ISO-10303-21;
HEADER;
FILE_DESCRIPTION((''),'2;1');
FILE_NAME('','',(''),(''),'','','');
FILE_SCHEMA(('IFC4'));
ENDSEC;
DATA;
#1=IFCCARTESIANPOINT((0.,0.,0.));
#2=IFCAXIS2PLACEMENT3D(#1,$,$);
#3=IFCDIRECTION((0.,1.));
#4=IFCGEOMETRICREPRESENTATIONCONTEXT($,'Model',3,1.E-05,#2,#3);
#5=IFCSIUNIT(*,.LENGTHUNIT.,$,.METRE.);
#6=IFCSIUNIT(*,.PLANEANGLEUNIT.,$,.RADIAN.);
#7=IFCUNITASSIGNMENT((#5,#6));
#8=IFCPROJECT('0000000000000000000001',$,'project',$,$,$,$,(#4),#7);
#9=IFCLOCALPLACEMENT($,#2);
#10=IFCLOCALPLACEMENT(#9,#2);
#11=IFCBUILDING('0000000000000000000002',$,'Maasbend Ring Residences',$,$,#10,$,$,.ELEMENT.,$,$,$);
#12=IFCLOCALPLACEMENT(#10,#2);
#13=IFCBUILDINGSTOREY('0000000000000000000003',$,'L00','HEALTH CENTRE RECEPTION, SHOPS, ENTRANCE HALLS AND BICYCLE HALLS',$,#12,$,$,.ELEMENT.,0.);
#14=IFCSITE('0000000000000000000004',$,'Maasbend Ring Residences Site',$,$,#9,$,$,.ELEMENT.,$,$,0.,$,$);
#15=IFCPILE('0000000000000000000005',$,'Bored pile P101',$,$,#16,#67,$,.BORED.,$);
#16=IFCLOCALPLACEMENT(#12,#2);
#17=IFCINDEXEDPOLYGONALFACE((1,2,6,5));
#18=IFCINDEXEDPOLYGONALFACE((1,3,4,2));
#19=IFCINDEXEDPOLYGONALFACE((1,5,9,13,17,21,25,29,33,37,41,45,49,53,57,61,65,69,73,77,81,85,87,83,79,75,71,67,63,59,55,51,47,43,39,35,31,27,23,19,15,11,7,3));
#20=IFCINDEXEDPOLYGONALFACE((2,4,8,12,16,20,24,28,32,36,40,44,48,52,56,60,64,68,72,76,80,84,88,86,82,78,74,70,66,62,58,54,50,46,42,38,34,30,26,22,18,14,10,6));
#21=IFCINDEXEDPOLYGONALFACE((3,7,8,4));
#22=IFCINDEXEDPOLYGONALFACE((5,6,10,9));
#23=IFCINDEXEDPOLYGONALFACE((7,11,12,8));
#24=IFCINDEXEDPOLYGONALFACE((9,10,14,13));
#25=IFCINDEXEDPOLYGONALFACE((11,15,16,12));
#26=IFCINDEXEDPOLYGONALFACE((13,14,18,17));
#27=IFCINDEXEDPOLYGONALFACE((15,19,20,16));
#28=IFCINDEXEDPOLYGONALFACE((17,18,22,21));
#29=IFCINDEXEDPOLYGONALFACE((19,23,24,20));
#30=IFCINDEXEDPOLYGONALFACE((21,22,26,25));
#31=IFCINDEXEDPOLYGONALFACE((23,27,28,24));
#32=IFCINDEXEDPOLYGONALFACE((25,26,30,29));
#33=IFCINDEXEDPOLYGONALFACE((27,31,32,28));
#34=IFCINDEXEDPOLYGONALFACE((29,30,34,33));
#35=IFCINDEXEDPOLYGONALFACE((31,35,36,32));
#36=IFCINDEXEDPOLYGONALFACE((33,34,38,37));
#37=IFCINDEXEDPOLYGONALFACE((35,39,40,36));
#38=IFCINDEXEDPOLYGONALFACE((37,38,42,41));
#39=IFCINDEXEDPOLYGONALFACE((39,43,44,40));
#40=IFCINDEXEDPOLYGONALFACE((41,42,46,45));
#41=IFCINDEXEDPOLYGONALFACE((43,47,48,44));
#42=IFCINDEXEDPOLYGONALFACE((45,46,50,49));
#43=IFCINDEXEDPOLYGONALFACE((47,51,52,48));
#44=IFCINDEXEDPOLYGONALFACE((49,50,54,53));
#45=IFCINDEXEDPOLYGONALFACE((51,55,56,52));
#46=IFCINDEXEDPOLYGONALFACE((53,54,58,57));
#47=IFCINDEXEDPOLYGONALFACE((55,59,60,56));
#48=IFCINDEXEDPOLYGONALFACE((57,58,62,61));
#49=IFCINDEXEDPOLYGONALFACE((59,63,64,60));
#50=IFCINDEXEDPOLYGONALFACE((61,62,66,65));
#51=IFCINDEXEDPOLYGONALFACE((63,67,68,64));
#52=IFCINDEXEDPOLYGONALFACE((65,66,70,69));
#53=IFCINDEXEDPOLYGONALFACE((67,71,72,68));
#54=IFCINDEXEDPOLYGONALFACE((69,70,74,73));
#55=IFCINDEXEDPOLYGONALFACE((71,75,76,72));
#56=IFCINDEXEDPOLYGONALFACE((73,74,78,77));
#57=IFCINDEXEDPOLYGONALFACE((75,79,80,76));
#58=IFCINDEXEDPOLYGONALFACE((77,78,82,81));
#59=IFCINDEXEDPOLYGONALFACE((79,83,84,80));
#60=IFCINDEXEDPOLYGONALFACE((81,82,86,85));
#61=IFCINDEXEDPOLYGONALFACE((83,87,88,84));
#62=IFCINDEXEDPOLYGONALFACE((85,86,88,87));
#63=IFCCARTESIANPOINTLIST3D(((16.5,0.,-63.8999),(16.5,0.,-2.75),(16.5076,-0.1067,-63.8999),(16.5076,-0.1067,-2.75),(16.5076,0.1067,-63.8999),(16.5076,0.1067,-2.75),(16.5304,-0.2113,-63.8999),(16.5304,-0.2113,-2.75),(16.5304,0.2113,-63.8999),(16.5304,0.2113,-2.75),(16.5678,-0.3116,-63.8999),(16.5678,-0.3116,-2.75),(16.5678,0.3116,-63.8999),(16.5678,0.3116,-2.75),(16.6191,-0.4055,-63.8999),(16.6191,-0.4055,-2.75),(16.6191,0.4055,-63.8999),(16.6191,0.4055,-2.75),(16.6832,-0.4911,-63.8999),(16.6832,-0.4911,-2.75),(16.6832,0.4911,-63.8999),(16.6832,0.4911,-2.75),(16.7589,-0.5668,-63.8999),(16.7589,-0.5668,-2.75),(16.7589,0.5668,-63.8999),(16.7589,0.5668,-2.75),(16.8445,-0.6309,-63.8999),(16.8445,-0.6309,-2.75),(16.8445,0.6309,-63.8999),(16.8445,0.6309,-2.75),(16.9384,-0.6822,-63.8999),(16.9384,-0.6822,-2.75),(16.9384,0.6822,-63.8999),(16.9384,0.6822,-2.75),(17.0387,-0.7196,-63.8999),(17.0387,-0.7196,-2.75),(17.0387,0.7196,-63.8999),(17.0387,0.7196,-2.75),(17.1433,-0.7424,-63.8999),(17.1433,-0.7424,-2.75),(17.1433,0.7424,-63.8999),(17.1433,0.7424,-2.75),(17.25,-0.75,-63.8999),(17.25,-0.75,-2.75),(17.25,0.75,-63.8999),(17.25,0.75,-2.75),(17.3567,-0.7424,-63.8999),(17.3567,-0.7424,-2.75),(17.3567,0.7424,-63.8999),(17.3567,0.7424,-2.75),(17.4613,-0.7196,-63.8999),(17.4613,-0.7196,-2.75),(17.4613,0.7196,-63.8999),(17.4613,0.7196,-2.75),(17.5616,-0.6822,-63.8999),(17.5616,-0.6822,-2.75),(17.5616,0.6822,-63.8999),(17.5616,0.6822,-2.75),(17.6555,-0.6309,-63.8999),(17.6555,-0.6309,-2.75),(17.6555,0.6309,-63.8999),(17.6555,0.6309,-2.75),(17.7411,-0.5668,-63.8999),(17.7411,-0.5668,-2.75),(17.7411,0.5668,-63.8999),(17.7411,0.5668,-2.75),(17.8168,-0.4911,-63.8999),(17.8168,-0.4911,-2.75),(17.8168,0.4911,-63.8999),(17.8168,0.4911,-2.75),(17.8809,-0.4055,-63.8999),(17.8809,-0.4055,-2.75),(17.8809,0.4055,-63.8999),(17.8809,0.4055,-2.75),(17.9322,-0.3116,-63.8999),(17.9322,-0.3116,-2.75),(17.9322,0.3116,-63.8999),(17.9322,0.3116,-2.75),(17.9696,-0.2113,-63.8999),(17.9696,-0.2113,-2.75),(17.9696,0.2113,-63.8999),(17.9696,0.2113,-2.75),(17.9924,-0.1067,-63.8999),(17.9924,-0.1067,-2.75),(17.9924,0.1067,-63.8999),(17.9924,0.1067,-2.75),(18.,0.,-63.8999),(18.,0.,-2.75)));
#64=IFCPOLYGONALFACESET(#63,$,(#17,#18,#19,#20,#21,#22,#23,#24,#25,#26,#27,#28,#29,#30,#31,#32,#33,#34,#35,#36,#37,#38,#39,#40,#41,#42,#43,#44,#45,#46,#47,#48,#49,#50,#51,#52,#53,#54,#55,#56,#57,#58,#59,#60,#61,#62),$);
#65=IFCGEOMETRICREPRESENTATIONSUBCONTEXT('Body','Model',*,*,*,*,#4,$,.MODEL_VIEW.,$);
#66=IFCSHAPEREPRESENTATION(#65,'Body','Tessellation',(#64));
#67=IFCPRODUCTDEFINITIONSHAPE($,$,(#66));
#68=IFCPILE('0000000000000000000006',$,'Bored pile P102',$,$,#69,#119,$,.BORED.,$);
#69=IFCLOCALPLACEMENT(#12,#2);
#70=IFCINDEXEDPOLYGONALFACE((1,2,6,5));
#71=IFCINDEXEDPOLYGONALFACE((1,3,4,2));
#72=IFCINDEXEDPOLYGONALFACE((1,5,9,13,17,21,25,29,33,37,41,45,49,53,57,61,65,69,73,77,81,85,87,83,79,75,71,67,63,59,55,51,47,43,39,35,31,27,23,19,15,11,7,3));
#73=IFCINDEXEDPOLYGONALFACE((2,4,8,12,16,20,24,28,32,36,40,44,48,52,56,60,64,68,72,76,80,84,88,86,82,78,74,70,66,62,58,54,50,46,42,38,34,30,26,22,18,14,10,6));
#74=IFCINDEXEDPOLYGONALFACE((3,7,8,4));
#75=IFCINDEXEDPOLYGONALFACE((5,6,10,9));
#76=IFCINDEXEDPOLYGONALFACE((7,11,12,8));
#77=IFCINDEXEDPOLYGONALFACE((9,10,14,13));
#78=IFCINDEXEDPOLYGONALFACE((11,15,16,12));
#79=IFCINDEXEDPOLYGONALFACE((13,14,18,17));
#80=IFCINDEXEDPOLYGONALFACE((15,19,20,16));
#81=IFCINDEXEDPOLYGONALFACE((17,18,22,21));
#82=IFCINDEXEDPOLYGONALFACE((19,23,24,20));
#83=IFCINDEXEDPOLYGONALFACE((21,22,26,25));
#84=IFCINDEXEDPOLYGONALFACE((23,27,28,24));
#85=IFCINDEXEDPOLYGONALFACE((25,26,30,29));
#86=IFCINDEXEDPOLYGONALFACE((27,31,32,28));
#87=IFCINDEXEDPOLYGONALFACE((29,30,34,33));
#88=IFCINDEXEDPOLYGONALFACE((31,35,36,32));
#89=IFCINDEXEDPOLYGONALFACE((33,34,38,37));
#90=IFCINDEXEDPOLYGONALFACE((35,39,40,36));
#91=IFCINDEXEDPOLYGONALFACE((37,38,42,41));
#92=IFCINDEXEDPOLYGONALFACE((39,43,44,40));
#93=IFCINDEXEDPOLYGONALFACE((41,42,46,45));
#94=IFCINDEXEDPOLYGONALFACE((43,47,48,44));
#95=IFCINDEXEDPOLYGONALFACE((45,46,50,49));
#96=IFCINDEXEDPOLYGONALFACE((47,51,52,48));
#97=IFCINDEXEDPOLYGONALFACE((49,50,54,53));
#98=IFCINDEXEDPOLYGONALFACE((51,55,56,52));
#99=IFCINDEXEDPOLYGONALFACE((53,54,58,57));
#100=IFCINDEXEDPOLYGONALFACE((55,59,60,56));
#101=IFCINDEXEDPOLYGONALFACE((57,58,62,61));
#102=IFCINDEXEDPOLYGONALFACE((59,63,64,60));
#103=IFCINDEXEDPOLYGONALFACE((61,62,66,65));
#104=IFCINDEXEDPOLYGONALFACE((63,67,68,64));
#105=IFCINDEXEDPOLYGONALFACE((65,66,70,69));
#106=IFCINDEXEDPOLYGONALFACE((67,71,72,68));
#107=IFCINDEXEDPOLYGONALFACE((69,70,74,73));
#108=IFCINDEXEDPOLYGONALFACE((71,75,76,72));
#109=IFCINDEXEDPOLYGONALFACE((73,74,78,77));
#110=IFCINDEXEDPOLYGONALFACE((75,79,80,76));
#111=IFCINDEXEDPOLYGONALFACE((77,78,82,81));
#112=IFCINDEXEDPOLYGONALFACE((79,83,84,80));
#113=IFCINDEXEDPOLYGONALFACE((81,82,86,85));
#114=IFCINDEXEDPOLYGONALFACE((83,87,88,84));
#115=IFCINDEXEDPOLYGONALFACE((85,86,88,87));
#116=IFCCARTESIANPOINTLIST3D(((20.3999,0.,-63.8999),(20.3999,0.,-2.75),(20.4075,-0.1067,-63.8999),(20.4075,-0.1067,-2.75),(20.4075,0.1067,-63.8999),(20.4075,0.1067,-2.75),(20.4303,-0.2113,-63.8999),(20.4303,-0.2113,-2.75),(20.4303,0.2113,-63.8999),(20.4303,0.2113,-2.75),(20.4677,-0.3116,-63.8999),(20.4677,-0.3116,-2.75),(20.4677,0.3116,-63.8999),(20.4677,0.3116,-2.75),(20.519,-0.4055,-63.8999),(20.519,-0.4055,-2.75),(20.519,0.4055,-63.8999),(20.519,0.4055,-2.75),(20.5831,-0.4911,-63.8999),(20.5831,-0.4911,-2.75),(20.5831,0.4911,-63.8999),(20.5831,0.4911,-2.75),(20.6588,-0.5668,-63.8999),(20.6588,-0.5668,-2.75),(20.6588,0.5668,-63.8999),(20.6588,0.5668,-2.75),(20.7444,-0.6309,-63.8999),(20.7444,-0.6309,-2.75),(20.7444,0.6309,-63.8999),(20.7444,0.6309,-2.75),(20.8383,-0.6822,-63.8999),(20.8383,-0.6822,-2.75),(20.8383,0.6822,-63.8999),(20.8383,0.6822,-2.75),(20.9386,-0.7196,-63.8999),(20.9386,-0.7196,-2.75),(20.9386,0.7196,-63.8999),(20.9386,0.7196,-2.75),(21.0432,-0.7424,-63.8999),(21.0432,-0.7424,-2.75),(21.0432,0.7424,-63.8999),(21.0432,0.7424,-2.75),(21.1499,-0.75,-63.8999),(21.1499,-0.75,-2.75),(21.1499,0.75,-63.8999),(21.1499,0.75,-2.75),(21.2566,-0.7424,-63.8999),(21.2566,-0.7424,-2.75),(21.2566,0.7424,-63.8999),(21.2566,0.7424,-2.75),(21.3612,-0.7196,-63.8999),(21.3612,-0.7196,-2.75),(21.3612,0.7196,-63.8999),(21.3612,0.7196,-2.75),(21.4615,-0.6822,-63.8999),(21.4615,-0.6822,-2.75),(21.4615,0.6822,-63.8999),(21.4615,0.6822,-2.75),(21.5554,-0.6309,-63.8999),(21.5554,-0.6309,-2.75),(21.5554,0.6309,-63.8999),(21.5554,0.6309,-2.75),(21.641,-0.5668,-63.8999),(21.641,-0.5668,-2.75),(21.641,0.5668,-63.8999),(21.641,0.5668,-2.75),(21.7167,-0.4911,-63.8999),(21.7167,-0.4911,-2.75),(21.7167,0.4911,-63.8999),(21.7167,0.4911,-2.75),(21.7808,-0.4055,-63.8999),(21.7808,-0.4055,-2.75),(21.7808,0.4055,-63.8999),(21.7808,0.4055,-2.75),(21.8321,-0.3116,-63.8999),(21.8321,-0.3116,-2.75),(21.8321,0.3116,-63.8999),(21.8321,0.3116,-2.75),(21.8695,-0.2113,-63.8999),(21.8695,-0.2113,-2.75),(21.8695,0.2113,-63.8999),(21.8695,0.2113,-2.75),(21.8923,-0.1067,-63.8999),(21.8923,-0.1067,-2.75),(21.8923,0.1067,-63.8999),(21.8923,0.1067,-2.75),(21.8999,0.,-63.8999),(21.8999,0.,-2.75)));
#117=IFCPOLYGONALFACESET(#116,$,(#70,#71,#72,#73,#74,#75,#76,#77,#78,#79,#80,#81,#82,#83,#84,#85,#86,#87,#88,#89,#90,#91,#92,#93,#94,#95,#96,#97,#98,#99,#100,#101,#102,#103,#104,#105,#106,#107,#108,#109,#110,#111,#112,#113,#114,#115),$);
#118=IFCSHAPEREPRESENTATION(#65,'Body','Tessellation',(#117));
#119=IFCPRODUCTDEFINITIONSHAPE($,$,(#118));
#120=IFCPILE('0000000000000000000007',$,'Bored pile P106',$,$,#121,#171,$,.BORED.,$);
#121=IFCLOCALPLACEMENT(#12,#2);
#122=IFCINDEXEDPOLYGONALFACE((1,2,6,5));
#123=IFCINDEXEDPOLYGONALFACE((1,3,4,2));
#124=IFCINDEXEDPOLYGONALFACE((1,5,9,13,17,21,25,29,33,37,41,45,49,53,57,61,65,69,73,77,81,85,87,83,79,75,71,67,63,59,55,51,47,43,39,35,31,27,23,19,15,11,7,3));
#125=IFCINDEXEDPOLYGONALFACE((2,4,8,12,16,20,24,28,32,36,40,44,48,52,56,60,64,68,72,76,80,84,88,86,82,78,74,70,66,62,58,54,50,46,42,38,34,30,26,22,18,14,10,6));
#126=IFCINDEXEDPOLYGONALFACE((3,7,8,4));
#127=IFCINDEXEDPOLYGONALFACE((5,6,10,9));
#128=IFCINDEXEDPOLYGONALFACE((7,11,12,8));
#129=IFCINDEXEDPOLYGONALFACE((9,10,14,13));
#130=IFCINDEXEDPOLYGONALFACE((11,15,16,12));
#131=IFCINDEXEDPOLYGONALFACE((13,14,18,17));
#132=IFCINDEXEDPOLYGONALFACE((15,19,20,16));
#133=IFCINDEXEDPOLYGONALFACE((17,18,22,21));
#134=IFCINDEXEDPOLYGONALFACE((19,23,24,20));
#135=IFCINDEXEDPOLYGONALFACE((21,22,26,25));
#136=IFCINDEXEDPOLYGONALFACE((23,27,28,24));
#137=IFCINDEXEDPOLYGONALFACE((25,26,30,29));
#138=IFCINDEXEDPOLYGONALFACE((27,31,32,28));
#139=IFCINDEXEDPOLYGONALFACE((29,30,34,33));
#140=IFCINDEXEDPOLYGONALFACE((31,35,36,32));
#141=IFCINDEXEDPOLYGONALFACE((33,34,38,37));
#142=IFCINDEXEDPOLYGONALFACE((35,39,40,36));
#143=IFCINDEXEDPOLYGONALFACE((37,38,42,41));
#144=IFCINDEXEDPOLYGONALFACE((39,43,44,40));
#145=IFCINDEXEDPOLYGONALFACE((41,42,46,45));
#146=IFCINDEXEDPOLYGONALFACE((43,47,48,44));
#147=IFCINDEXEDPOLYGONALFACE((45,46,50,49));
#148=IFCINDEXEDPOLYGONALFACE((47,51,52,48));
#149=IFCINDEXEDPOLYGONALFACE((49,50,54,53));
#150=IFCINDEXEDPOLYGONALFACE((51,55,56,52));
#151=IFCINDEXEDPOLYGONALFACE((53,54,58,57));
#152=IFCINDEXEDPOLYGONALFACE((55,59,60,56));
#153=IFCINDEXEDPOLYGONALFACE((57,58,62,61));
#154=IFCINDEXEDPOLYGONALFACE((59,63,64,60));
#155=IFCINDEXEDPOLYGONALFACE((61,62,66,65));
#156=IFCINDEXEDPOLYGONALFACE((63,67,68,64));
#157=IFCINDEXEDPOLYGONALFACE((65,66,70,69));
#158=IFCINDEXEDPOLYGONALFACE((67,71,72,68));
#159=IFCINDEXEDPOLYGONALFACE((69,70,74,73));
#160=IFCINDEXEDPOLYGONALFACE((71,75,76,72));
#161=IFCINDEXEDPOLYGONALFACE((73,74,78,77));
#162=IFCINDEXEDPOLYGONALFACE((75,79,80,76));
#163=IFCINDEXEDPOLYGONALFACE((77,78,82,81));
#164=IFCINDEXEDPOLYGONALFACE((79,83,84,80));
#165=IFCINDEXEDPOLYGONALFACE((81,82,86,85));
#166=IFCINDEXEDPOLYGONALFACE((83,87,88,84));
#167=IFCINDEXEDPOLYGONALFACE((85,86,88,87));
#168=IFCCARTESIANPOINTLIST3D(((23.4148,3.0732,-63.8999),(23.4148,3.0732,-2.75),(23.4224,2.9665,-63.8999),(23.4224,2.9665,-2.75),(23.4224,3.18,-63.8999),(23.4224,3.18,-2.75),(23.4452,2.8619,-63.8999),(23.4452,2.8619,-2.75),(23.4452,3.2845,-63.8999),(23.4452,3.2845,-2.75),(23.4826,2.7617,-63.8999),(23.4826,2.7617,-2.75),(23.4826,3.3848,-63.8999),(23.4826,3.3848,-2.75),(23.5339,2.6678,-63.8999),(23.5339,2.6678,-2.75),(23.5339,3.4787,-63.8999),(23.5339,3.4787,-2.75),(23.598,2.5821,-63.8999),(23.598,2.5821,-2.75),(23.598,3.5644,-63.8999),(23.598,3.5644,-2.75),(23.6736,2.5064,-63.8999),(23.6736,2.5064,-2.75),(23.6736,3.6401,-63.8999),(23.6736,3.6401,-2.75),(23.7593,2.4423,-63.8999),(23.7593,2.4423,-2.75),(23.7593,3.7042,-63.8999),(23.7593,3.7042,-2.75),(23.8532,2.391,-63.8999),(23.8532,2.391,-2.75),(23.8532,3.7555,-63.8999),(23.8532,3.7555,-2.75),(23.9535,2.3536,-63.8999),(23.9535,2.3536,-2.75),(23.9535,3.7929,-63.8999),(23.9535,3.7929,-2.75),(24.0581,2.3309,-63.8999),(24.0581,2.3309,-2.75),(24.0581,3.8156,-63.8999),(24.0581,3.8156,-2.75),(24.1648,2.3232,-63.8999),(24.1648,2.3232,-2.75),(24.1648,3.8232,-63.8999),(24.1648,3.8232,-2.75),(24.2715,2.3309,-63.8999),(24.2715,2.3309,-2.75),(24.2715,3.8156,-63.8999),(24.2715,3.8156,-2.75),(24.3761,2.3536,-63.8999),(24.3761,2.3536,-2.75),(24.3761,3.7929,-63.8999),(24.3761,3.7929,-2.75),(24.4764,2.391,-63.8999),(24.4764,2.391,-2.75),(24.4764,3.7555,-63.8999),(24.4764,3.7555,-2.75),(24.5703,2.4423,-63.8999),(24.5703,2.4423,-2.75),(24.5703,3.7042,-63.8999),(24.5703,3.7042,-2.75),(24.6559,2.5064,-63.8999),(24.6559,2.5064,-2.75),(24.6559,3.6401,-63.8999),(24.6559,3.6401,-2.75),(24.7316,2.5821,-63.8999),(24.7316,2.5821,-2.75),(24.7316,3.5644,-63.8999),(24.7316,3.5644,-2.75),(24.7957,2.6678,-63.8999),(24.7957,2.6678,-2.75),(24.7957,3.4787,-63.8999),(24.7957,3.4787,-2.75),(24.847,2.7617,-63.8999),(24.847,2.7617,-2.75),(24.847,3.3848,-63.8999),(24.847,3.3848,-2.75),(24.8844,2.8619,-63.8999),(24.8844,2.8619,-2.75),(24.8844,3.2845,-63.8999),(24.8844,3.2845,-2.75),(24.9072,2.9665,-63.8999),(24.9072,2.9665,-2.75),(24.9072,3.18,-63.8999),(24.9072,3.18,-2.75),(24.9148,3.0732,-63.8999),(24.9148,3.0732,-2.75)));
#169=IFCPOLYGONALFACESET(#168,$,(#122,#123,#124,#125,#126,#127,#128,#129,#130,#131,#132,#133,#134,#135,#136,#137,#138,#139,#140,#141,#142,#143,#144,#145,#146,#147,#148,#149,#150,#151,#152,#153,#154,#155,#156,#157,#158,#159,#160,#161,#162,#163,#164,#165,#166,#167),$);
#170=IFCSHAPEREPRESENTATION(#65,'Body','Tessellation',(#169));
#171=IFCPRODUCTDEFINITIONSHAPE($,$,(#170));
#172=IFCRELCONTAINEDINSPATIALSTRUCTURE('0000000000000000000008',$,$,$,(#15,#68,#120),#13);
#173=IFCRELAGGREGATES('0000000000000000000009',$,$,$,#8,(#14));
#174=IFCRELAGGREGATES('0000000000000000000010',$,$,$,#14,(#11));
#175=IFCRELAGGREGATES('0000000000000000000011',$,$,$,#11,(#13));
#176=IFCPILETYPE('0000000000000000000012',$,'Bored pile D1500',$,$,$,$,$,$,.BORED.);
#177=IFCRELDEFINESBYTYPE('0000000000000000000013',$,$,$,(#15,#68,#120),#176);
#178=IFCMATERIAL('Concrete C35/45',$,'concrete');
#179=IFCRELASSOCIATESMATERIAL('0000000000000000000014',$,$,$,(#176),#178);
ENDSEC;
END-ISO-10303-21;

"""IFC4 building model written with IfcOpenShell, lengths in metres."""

from ifc_helpers import new_model, si_unit, direction, frame, origin, origin_2d, place, context, subcontext, project, spatial, circle, extrude, material, material_profile, profile_set, type_object, element, save


model = new_model("IFC4")

# Units and contexts
model_context = context("Model", 3, precision=1e-05, world=origin(), true_north=direction((0.0, 1.0)))
body_context = subcontext(model_context, "Body", "Model", "MODEL_VIEW")
ifc_project = project(units=[si_unit("LENGTHUNIT", "METRE"), si_unit("PLANEANGLEUNIT", "RADIAN")], contexts=[model_context])

# Site, building, storey
site_placement = place(None, origin())
site = spatial("IfcSite", under=ifc_project, at=site_placement, Name="Maasbend Ring Residences Site", CompositionType="ELEMENT", RefElevation=0.0)
building_placement = place(site_placement, origin())
building = spatial("IfcBuilding", under=site, at=building_placement, Name="Maasbend Ring Residences", CompositionType="ELEMENT")
storey_placement = place(building_placement, origin())
storey = spatial("IfcBuildingStorey", under=building, at=storey_placement, Name="L00", Description="HEALTH CENTRE RECEPTION, SHOPS, ENTRANCE HALLS AND BICYCLE HALLS", CompositionType="ELEMENT", Elevation=0.0)

# Piles
ifc_material_1 = material(Name="Concrete C35/45", Category="concrete")
ifc_material_profile = material_profile(ifc_material_1, circle(Radius=0.75, at=origin_2d()), Name="Bored pile D1500")
ifc_profile_set = profile_set([ifc_material_profile], Name="Concrete C35/45")
pile_type = type_object("IfcPileType", Name="Bored pile D1500", PredefinedType="BORED", material=ifc_profile_set)
for number, where, z_axis, x_axis, name in (
    (1, (17.25, 0.0, -2.75), (0.0, 0.0, -1.0), (1.0, 0.0, 0.0), "Bored pile P101"),
    (2, (21.1499, 0.0, -2.75), (0.0, 0.0, -1.0), (1.0, 0.0, 0.0), "Bored pile P102"),
    (3, (24.1648, 3.0732, -2.75), (0.0, 0.0, -1.0), (1.0, 0.0, 0.0), "Bored pile P106"),
):
    element("IfcPile", number, at=place(storey_placement, frame(where, z_axis=z_axis, x_axis=x_axis)), inside=storey, type_object=pile_type, Name=name, PredefinedType="BORED", context=body_context, shape_type="SweptSolid", body=[
        extrude(circle(Radius=0.75, at=origin_2d()), origin(), (0.0, 0.0, 1.0), 61.1499),
    ])

save(model, "model.ifc")
